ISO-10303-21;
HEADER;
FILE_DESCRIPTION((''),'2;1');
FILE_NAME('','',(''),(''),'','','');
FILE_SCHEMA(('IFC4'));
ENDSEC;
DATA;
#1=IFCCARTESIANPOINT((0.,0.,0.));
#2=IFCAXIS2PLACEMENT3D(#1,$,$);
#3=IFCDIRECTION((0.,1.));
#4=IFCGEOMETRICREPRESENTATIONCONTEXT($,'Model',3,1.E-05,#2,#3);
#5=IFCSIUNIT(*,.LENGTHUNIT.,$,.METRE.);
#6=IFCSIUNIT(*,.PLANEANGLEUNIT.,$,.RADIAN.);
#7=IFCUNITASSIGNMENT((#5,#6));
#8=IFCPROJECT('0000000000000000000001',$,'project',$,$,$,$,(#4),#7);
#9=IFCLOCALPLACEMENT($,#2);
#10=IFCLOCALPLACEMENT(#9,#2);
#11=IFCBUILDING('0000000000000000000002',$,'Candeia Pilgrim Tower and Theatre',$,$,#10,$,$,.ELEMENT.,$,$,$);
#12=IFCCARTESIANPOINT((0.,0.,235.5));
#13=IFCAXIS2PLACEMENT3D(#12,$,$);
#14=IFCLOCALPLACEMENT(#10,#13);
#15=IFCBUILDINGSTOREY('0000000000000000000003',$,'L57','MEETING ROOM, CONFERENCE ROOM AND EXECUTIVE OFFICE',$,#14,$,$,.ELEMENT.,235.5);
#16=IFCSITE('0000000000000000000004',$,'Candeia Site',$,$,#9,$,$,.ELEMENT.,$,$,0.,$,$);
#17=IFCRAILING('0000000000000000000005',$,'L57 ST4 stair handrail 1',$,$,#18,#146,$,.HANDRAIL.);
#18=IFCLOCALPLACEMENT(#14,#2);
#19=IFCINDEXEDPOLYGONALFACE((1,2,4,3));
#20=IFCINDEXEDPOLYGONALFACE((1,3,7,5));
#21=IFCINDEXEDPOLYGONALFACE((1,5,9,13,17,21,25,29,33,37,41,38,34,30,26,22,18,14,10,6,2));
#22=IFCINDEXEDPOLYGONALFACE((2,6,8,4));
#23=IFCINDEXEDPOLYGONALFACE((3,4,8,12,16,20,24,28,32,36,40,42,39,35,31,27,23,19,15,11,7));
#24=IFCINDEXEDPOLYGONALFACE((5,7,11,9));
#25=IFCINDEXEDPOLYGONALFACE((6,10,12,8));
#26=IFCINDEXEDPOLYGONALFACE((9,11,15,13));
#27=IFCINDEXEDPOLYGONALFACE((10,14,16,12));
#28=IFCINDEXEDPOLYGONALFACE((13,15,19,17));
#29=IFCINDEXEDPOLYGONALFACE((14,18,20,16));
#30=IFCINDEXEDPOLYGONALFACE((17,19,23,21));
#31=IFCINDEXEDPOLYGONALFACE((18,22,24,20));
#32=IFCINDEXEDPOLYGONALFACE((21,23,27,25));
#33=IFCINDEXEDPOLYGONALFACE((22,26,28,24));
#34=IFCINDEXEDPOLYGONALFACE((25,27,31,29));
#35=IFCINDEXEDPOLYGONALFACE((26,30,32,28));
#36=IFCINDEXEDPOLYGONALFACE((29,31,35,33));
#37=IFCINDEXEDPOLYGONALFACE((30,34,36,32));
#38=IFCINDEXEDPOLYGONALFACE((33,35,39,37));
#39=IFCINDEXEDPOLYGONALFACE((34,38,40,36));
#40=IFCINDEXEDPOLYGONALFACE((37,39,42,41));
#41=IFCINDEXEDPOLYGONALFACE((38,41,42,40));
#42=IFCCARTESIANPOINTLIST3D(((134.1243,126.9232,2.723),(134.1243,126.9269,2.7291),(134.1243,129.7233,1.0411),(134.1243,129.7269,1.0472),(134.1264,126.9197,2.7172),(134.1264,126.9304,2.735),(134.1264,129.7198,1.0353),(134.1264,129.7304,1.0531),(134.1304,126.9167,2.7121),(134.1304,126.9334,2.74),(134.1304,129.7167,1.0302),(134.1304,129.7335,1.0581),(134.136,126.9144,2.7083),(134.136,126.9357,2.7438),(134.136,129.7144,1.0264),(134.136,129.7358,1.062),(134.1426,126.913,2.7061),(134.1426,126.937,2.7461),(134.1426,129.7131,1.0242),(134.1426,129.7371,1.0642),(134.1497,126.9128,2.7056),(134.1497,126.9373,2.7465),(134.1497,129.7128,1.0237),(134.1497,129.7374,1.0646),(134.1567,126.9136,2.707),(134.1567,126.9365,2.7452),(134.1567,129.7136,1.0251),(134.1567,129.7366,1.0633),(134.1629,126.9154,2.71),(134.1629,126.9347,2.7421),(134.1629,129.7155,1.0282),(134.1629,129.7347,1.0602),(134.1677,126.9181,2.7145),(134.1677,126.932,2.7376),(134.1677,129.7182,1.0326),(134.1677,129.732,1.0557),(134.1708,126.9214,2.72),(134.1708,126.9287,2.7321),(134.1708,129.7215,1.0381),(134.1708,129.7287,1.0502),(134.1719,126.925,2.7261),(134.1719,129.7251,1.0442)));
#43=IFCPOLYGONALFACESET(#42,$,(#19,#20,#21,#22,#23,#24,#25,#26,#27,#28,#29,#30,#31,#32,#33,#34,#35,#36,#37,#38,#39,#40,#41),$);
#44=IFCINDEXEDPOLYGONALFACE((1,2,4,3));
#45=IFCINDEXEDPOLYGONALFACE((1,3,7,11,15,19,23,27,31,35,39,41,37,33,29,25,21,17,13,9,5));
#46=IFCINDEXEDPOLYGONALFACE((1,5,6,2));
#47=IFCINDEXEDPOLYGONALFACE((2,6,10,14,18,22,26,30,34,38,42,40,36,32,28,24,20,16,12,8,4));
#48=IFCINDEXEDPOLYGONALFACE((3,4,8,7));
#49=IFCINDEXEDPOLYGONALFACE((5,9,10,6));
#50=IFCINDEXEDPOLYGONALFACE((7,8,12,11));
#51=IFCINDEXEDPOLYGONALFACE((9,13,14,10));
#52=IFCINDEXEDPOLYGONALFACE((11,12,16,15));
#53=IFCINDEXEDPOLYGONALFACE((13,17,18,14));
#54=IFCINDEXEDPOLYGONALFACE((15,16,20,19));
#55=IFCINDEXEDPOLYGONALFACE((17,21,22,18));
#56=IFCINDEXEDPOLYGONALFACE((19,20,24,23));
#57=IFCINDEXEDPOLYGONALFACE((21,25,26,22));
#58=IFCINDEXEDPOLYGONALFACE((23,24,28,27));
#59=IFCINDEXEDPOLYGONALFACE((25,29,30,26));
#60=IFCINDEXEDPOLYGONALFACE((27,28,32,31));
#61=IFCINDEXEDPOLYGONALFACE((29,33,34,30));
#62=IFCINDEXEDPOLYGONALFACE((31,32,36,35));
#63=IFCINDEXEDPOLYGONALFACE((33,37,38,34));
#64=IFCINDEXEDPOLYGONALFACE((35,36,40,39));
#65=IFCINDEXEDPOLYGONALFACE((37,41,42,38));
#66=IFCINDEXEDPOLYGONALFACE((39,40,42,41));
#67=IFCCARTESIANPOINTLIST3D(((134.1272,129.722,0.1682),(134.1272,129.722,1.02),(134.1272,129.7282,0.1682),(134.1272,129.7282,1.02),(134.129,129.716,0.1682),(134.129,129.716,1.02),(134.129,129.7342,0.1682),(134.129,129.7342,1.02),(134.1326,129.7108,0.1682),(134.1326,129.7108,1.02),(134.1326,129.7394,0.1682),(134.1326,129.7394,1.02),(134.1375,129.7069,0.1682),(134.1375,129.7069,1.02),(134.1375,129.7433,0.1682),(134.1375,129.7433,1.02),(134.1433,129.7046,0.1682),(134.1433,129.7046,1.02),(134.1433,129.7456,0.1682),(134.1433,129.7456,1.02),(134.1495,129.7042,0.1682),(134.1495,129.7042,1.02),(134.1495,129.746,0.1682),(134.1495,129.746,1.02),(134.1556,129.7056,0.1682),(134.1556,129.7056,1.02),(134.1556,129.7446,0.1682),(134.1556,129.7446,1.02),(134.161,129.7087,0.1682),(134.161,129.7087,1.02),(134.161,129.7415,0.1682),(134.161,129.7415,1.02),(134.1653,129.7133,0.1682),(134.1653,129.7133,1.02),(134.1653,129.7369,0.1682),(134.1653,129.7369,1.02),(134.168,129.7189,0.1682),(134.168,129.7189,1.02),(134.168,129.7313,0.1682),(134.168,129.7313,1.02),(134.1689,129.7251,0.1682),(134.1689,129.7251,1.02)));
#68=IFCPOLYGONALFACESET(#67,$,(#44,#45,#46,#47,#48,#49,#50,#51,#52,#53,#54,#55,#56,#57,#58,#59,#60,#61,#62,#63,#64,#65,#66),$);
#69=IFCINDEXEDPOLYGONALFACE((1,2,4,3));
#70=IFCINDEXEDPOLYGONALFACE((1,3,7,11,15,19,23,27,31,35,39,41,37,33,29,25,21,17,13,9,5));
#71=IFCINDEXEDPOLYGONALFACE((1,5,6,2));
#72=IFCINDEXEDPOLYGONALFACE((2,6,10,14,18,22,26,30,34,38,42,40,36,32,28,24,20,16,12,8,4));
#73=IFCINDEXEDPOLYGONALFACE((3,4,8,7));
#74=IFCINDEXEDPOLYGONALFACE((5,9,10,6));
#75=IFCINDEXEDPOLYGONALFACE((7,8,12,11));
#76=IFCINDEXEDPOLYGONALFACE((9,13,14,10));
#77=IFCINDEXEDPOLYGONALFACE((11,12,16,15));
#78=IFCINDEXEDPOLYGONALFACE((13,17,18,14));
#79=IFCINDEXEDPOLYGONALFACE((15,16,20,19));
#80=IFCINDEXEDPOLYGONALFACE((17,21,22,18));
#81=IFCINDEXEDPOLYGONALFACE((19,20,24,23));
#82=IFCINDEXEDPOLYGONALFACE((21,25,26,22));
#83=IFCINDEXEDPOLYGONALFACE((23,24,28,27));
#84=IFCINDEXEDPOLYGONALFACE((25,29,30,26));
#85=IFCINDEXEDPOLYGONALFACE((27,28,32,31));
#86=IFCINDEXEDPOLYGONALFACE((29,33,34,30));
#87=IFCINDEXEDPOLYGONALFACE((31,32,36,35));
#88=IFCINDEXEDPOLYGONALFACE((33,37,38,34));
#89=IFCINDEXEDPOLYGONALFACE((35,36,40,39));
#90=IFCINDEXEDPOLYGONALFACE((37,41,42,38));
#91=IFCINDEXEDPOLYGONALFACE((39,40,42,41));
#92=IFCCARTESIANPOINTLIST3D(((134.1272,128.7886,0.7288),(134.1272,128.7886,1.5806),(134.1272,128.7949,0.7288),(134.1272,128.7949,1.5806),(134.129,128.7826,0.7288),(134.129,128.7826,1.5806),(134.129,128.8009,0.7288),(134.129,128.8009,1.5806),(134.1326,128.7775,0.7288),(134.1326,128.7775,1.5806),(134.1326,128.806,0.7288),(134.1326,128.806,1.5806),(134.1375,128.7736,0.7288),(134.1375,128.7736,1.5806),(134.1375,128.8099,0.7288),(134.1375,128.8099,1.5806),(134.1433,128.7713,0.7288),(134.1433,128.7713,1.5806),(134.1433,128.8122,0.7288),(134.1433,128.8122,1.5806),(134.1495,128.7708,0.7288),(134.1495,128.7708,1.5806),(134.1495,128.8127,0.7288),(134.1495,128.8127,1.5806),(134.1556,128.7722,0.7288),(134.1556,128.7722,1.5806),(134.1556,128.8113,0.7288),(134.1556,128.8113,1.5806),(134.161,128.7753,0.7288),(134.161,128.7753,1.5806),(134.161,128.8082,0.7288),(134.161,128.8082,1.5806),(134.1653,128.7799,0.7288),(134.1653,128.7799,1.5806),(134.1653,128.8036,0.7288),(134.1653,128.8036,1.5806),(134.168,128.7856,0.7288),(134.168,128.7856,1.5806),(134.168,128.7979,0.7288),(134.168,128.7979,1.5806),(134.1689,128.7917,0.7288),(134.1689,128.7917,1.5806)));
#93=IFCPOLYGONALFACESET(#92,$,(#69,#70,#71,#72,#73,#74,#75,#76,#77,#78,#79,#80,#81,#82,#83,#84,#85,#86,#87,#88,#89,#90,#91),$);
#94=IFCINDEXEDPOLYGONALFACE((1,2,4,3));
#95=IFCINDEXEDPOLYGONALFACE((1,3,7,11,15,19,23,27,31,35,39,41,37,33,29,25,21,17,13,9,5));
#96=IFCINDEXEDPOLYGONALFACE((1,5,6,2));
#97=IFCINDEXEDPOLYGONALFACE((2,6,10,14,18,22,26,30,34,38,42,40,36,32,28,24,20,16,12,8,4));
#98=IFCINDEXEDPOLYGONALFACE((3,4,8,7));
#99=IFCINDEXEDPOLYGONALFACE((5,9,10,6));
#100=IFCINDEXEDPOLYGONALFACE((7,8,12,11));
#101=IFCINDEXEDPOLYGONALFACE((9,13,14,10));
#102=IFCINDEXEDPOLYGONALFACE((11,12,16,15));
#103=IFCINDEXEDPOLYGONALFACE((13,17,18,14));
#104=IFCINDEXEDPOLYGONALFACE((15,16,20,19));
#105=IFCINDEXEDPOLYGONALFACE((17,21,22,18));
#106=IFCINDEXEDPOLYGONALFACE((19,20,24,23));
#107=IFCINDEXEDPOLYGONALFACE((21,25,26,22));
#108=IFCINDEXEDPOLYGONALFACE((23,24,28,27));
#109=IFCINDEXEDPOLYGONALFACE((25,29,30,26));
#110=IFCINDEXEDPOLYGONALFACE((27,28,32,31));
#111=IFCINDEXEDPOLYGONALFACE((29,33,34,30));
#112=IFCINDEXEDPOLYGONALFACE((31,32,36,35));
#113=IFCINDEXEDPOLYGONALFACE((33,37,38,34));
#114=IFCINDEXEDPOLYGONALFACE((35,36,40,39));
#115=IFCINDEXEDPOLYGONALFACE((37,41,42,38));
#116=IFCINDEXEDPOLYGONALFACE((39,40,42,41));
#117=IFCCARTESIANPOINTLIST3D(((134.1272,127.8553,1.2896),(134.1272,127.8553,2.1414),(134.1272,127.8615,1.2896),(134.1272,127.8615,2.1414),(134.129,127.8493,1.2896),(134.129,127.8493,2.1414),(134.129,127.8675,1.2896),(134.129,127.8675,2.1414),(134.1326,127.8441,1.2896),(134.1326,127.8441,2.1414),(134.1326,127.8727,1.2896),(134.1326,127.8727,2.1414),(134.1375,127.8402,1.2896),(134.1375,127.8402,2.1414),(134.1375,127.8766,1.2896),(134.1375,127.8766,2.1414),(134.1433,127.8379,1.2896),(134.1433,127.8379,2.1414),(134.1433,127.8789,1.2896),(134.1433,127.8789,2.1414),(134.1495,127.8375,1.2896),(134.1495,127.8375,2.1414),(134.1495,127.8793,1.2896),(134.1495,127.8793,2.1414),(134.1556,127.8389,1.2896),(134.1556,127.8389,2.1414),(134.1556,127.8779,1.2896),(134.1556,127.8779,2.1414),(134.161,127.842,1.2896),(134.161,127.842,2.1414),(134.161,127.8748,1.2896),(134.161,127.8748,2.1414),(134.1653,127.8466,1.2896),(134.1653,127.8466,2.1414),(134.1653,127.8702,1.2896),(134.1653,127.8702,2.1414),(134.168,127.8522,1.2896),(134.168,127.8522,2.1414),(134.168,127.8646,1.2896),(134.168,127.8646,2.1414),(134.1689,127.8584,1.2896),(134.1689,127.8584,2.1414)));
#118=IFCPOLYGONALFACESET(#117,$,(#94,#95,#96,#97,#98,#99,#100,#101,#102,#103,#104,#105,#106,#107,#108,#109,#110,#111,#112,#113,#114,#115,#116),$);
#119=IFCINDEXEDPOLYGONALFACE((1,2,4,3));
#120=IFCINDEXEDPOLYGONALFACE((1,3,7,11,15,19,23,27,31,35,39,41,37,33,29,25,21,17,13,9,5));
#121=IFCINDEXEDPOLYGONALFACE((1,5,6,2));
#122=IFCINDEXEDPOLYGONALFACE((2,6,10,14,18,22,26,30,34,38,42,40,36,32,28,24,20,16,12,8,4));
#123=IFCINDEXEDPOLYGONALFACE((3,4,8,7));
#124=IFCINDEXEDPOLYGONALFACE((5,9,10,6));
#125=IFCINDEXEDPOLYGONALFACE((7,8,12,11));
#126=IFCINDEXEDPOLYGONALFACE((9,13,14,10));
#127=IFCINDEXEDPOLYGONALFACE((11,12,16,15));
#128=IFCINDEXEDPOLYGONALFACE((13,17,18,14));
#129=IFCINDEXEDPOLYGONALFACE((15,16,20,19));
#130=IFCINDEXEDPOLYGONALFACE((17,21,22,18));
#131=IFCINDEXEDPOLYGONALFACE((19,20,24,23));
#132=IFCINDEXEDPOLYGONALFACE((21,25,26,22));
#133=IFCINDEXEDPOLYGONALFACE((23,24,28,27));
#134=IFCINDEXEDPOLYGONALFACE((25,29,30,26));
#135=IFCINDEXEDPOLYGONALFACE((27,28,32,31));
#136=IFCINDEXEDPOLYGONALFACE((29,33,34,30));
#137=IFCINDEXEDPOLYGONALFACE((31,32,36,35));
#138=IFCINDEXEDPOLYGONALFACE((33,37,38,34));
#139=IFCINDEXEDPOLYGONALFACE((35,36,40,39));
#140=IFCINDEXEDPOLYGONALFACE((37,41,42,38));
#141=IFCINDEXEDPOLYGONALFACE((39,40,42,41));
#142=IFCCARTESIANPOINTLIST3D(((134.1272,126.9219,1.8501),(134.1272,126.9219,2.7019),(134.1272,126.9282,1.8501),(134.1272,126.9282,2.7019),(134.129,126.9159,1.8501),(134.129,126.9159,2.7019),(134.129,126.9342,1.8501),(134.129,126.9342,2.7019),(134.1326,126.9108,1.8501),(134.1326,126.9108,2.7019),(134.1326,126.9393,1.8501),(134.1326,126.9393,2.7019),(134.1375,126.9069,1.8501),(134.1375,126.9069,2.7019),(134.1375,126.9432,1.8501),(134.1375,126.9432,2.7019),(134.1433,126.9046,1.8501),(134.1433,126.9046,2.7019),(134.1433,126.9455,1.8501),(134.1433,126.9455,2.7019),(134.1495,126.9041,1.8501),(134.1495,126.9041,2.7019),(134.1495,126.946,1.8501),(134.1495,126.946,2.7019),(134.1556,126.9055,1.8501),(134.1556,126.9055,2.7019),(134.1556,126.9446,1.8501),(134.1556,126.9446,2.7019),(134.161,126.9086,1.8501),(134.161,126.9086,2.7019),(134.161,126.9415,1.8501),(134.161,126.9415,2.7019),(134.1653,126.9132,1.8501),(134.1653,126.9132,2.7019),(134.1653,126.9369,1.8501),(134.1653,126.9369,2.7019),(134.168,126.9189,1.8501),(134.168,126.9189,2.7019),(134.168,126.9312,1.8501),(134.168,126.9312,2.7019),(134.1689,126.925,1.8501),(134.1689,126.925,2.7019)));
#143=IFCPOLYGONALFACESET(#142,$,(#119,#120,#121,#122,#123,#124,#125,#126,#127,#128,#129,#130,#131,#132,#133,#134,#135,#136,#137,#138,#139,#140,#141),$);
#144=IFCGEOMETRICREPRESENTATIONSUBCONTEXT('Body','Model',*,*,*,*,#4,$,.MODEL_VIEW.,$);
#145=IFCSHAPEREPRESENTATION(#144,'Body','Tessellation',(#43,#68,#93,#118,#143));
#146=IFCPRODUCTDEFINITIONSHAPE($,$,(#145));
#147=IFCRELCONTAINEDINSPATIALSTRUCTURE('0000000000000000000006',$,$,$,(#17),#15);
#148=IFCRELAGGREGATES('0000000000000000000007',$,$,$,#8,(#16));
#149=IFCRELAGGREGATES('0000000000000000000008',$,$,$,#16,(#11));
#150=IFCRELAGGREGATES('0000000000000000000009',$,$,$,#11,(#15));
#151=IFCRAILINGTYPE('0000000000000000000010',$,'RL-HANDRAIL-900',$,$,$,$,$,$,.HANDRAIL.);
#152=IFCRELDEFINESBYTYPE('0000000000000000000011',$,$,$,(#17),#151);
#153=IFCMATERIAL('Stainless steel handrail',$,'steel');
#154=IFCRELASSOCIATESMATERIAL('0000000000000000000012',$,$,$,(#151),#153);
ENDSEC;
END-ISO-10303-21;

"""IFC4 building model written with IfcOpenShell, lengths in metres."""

from ifc_helpers import new_model, si_unit, direction, frame, origin, origin_2d, place, context, subcontext, project, spatial, circle, extrude, material, type_object, element, save


model = new_model("IFC4")

# Units and contexts
model_context = context("Model", 3, precision=1e-05, world=origin(), true_north=direction((0.0, 1.0)))
body_context = subcontext(model_context, "Body", "Model", "MODEL_VIEW")
ifc_project = project(units=[si_unit("LENGTHUNIT", "METRE"), si_unit("PLANEANGLEUNIT", "RADIAN")], contexts=[model_context])

# Site, building, storey
site_placement = place(None, origin())
site = spatial("IfcSite", under=ifc_project, at=site_placement, Name="Candeia Site", CompositionType="ELEMENT", RefElevation=0.0)
building_placement = place(site_placement, origin())
building = spatial("IfcBuilding", under=site, at=building_placement, Name="Candeia Pilgrim Tower and Theatre", CompositionType="ELEMENT")
storey_placement = place(building_placement, frame((0.0, 0.0, 235.5)))
storey = spatial("IfcBuildingStorey", under=building, at=storey_placement, Name="L57", Description="MEETING ROOM, CONFERENCE ROOM AND EXECUTIVE OFFICE", CompositionType="ELEMENT", Elevation=235.5)

# Railing
ifc_material_1 = material(Name="Stainless steel handrail", Category="steel")
railing_type_1 = type_object("IfcRailingType", Name="RL-HANDRAIL-900", PredefinedType="HANDRAIL", material=ifc_material_1)
railing_1_placement = place(storey_placement, frame((134.1479, 129.7251, 0.1682)))
element("IfcRailing", 1, at=railing_1_placement, inside=storey, type_object=railing_type_1, Name="L57 ST4 stair handrail 1", PredefinedType="HANDRAIL", context=body_context, shape_type="SweptSolid", body=[
    extrude(circle(Radius=0.0239, at=origin_2d()), frame((0.0, 0.0, 0.876), z_axis=(0.0, -0.857242, 0.514913), x_axis=(1.0, 0.0, 0.0)), (0.0, 0.0, 1.0), 3.2664),
    extrude(circle(Radius=0.021, at=origin_2d()), origin(), (0.0, 0.0, 1.0), 0.8518),
    extrude(circle(Radius=0.021, at=origin_2d()), frame((0.0, -0.9333, 0.5605)), (0.0, 0.0, 1.0), 0.8518),
    extrude(circle(Radius=0.021, at=origin_2d()), frame((0.0, -1.8667, 1.1213)), (0.0, 0.0, 1.0), 0.8518),
    extrude(circle(Radius=0.021, at=origin_2d()), frame((0.0, -2.8, 1.6819)), (0.0, 0.0, 1.0), 0.8518),
])

save(model, "model.ifc")
